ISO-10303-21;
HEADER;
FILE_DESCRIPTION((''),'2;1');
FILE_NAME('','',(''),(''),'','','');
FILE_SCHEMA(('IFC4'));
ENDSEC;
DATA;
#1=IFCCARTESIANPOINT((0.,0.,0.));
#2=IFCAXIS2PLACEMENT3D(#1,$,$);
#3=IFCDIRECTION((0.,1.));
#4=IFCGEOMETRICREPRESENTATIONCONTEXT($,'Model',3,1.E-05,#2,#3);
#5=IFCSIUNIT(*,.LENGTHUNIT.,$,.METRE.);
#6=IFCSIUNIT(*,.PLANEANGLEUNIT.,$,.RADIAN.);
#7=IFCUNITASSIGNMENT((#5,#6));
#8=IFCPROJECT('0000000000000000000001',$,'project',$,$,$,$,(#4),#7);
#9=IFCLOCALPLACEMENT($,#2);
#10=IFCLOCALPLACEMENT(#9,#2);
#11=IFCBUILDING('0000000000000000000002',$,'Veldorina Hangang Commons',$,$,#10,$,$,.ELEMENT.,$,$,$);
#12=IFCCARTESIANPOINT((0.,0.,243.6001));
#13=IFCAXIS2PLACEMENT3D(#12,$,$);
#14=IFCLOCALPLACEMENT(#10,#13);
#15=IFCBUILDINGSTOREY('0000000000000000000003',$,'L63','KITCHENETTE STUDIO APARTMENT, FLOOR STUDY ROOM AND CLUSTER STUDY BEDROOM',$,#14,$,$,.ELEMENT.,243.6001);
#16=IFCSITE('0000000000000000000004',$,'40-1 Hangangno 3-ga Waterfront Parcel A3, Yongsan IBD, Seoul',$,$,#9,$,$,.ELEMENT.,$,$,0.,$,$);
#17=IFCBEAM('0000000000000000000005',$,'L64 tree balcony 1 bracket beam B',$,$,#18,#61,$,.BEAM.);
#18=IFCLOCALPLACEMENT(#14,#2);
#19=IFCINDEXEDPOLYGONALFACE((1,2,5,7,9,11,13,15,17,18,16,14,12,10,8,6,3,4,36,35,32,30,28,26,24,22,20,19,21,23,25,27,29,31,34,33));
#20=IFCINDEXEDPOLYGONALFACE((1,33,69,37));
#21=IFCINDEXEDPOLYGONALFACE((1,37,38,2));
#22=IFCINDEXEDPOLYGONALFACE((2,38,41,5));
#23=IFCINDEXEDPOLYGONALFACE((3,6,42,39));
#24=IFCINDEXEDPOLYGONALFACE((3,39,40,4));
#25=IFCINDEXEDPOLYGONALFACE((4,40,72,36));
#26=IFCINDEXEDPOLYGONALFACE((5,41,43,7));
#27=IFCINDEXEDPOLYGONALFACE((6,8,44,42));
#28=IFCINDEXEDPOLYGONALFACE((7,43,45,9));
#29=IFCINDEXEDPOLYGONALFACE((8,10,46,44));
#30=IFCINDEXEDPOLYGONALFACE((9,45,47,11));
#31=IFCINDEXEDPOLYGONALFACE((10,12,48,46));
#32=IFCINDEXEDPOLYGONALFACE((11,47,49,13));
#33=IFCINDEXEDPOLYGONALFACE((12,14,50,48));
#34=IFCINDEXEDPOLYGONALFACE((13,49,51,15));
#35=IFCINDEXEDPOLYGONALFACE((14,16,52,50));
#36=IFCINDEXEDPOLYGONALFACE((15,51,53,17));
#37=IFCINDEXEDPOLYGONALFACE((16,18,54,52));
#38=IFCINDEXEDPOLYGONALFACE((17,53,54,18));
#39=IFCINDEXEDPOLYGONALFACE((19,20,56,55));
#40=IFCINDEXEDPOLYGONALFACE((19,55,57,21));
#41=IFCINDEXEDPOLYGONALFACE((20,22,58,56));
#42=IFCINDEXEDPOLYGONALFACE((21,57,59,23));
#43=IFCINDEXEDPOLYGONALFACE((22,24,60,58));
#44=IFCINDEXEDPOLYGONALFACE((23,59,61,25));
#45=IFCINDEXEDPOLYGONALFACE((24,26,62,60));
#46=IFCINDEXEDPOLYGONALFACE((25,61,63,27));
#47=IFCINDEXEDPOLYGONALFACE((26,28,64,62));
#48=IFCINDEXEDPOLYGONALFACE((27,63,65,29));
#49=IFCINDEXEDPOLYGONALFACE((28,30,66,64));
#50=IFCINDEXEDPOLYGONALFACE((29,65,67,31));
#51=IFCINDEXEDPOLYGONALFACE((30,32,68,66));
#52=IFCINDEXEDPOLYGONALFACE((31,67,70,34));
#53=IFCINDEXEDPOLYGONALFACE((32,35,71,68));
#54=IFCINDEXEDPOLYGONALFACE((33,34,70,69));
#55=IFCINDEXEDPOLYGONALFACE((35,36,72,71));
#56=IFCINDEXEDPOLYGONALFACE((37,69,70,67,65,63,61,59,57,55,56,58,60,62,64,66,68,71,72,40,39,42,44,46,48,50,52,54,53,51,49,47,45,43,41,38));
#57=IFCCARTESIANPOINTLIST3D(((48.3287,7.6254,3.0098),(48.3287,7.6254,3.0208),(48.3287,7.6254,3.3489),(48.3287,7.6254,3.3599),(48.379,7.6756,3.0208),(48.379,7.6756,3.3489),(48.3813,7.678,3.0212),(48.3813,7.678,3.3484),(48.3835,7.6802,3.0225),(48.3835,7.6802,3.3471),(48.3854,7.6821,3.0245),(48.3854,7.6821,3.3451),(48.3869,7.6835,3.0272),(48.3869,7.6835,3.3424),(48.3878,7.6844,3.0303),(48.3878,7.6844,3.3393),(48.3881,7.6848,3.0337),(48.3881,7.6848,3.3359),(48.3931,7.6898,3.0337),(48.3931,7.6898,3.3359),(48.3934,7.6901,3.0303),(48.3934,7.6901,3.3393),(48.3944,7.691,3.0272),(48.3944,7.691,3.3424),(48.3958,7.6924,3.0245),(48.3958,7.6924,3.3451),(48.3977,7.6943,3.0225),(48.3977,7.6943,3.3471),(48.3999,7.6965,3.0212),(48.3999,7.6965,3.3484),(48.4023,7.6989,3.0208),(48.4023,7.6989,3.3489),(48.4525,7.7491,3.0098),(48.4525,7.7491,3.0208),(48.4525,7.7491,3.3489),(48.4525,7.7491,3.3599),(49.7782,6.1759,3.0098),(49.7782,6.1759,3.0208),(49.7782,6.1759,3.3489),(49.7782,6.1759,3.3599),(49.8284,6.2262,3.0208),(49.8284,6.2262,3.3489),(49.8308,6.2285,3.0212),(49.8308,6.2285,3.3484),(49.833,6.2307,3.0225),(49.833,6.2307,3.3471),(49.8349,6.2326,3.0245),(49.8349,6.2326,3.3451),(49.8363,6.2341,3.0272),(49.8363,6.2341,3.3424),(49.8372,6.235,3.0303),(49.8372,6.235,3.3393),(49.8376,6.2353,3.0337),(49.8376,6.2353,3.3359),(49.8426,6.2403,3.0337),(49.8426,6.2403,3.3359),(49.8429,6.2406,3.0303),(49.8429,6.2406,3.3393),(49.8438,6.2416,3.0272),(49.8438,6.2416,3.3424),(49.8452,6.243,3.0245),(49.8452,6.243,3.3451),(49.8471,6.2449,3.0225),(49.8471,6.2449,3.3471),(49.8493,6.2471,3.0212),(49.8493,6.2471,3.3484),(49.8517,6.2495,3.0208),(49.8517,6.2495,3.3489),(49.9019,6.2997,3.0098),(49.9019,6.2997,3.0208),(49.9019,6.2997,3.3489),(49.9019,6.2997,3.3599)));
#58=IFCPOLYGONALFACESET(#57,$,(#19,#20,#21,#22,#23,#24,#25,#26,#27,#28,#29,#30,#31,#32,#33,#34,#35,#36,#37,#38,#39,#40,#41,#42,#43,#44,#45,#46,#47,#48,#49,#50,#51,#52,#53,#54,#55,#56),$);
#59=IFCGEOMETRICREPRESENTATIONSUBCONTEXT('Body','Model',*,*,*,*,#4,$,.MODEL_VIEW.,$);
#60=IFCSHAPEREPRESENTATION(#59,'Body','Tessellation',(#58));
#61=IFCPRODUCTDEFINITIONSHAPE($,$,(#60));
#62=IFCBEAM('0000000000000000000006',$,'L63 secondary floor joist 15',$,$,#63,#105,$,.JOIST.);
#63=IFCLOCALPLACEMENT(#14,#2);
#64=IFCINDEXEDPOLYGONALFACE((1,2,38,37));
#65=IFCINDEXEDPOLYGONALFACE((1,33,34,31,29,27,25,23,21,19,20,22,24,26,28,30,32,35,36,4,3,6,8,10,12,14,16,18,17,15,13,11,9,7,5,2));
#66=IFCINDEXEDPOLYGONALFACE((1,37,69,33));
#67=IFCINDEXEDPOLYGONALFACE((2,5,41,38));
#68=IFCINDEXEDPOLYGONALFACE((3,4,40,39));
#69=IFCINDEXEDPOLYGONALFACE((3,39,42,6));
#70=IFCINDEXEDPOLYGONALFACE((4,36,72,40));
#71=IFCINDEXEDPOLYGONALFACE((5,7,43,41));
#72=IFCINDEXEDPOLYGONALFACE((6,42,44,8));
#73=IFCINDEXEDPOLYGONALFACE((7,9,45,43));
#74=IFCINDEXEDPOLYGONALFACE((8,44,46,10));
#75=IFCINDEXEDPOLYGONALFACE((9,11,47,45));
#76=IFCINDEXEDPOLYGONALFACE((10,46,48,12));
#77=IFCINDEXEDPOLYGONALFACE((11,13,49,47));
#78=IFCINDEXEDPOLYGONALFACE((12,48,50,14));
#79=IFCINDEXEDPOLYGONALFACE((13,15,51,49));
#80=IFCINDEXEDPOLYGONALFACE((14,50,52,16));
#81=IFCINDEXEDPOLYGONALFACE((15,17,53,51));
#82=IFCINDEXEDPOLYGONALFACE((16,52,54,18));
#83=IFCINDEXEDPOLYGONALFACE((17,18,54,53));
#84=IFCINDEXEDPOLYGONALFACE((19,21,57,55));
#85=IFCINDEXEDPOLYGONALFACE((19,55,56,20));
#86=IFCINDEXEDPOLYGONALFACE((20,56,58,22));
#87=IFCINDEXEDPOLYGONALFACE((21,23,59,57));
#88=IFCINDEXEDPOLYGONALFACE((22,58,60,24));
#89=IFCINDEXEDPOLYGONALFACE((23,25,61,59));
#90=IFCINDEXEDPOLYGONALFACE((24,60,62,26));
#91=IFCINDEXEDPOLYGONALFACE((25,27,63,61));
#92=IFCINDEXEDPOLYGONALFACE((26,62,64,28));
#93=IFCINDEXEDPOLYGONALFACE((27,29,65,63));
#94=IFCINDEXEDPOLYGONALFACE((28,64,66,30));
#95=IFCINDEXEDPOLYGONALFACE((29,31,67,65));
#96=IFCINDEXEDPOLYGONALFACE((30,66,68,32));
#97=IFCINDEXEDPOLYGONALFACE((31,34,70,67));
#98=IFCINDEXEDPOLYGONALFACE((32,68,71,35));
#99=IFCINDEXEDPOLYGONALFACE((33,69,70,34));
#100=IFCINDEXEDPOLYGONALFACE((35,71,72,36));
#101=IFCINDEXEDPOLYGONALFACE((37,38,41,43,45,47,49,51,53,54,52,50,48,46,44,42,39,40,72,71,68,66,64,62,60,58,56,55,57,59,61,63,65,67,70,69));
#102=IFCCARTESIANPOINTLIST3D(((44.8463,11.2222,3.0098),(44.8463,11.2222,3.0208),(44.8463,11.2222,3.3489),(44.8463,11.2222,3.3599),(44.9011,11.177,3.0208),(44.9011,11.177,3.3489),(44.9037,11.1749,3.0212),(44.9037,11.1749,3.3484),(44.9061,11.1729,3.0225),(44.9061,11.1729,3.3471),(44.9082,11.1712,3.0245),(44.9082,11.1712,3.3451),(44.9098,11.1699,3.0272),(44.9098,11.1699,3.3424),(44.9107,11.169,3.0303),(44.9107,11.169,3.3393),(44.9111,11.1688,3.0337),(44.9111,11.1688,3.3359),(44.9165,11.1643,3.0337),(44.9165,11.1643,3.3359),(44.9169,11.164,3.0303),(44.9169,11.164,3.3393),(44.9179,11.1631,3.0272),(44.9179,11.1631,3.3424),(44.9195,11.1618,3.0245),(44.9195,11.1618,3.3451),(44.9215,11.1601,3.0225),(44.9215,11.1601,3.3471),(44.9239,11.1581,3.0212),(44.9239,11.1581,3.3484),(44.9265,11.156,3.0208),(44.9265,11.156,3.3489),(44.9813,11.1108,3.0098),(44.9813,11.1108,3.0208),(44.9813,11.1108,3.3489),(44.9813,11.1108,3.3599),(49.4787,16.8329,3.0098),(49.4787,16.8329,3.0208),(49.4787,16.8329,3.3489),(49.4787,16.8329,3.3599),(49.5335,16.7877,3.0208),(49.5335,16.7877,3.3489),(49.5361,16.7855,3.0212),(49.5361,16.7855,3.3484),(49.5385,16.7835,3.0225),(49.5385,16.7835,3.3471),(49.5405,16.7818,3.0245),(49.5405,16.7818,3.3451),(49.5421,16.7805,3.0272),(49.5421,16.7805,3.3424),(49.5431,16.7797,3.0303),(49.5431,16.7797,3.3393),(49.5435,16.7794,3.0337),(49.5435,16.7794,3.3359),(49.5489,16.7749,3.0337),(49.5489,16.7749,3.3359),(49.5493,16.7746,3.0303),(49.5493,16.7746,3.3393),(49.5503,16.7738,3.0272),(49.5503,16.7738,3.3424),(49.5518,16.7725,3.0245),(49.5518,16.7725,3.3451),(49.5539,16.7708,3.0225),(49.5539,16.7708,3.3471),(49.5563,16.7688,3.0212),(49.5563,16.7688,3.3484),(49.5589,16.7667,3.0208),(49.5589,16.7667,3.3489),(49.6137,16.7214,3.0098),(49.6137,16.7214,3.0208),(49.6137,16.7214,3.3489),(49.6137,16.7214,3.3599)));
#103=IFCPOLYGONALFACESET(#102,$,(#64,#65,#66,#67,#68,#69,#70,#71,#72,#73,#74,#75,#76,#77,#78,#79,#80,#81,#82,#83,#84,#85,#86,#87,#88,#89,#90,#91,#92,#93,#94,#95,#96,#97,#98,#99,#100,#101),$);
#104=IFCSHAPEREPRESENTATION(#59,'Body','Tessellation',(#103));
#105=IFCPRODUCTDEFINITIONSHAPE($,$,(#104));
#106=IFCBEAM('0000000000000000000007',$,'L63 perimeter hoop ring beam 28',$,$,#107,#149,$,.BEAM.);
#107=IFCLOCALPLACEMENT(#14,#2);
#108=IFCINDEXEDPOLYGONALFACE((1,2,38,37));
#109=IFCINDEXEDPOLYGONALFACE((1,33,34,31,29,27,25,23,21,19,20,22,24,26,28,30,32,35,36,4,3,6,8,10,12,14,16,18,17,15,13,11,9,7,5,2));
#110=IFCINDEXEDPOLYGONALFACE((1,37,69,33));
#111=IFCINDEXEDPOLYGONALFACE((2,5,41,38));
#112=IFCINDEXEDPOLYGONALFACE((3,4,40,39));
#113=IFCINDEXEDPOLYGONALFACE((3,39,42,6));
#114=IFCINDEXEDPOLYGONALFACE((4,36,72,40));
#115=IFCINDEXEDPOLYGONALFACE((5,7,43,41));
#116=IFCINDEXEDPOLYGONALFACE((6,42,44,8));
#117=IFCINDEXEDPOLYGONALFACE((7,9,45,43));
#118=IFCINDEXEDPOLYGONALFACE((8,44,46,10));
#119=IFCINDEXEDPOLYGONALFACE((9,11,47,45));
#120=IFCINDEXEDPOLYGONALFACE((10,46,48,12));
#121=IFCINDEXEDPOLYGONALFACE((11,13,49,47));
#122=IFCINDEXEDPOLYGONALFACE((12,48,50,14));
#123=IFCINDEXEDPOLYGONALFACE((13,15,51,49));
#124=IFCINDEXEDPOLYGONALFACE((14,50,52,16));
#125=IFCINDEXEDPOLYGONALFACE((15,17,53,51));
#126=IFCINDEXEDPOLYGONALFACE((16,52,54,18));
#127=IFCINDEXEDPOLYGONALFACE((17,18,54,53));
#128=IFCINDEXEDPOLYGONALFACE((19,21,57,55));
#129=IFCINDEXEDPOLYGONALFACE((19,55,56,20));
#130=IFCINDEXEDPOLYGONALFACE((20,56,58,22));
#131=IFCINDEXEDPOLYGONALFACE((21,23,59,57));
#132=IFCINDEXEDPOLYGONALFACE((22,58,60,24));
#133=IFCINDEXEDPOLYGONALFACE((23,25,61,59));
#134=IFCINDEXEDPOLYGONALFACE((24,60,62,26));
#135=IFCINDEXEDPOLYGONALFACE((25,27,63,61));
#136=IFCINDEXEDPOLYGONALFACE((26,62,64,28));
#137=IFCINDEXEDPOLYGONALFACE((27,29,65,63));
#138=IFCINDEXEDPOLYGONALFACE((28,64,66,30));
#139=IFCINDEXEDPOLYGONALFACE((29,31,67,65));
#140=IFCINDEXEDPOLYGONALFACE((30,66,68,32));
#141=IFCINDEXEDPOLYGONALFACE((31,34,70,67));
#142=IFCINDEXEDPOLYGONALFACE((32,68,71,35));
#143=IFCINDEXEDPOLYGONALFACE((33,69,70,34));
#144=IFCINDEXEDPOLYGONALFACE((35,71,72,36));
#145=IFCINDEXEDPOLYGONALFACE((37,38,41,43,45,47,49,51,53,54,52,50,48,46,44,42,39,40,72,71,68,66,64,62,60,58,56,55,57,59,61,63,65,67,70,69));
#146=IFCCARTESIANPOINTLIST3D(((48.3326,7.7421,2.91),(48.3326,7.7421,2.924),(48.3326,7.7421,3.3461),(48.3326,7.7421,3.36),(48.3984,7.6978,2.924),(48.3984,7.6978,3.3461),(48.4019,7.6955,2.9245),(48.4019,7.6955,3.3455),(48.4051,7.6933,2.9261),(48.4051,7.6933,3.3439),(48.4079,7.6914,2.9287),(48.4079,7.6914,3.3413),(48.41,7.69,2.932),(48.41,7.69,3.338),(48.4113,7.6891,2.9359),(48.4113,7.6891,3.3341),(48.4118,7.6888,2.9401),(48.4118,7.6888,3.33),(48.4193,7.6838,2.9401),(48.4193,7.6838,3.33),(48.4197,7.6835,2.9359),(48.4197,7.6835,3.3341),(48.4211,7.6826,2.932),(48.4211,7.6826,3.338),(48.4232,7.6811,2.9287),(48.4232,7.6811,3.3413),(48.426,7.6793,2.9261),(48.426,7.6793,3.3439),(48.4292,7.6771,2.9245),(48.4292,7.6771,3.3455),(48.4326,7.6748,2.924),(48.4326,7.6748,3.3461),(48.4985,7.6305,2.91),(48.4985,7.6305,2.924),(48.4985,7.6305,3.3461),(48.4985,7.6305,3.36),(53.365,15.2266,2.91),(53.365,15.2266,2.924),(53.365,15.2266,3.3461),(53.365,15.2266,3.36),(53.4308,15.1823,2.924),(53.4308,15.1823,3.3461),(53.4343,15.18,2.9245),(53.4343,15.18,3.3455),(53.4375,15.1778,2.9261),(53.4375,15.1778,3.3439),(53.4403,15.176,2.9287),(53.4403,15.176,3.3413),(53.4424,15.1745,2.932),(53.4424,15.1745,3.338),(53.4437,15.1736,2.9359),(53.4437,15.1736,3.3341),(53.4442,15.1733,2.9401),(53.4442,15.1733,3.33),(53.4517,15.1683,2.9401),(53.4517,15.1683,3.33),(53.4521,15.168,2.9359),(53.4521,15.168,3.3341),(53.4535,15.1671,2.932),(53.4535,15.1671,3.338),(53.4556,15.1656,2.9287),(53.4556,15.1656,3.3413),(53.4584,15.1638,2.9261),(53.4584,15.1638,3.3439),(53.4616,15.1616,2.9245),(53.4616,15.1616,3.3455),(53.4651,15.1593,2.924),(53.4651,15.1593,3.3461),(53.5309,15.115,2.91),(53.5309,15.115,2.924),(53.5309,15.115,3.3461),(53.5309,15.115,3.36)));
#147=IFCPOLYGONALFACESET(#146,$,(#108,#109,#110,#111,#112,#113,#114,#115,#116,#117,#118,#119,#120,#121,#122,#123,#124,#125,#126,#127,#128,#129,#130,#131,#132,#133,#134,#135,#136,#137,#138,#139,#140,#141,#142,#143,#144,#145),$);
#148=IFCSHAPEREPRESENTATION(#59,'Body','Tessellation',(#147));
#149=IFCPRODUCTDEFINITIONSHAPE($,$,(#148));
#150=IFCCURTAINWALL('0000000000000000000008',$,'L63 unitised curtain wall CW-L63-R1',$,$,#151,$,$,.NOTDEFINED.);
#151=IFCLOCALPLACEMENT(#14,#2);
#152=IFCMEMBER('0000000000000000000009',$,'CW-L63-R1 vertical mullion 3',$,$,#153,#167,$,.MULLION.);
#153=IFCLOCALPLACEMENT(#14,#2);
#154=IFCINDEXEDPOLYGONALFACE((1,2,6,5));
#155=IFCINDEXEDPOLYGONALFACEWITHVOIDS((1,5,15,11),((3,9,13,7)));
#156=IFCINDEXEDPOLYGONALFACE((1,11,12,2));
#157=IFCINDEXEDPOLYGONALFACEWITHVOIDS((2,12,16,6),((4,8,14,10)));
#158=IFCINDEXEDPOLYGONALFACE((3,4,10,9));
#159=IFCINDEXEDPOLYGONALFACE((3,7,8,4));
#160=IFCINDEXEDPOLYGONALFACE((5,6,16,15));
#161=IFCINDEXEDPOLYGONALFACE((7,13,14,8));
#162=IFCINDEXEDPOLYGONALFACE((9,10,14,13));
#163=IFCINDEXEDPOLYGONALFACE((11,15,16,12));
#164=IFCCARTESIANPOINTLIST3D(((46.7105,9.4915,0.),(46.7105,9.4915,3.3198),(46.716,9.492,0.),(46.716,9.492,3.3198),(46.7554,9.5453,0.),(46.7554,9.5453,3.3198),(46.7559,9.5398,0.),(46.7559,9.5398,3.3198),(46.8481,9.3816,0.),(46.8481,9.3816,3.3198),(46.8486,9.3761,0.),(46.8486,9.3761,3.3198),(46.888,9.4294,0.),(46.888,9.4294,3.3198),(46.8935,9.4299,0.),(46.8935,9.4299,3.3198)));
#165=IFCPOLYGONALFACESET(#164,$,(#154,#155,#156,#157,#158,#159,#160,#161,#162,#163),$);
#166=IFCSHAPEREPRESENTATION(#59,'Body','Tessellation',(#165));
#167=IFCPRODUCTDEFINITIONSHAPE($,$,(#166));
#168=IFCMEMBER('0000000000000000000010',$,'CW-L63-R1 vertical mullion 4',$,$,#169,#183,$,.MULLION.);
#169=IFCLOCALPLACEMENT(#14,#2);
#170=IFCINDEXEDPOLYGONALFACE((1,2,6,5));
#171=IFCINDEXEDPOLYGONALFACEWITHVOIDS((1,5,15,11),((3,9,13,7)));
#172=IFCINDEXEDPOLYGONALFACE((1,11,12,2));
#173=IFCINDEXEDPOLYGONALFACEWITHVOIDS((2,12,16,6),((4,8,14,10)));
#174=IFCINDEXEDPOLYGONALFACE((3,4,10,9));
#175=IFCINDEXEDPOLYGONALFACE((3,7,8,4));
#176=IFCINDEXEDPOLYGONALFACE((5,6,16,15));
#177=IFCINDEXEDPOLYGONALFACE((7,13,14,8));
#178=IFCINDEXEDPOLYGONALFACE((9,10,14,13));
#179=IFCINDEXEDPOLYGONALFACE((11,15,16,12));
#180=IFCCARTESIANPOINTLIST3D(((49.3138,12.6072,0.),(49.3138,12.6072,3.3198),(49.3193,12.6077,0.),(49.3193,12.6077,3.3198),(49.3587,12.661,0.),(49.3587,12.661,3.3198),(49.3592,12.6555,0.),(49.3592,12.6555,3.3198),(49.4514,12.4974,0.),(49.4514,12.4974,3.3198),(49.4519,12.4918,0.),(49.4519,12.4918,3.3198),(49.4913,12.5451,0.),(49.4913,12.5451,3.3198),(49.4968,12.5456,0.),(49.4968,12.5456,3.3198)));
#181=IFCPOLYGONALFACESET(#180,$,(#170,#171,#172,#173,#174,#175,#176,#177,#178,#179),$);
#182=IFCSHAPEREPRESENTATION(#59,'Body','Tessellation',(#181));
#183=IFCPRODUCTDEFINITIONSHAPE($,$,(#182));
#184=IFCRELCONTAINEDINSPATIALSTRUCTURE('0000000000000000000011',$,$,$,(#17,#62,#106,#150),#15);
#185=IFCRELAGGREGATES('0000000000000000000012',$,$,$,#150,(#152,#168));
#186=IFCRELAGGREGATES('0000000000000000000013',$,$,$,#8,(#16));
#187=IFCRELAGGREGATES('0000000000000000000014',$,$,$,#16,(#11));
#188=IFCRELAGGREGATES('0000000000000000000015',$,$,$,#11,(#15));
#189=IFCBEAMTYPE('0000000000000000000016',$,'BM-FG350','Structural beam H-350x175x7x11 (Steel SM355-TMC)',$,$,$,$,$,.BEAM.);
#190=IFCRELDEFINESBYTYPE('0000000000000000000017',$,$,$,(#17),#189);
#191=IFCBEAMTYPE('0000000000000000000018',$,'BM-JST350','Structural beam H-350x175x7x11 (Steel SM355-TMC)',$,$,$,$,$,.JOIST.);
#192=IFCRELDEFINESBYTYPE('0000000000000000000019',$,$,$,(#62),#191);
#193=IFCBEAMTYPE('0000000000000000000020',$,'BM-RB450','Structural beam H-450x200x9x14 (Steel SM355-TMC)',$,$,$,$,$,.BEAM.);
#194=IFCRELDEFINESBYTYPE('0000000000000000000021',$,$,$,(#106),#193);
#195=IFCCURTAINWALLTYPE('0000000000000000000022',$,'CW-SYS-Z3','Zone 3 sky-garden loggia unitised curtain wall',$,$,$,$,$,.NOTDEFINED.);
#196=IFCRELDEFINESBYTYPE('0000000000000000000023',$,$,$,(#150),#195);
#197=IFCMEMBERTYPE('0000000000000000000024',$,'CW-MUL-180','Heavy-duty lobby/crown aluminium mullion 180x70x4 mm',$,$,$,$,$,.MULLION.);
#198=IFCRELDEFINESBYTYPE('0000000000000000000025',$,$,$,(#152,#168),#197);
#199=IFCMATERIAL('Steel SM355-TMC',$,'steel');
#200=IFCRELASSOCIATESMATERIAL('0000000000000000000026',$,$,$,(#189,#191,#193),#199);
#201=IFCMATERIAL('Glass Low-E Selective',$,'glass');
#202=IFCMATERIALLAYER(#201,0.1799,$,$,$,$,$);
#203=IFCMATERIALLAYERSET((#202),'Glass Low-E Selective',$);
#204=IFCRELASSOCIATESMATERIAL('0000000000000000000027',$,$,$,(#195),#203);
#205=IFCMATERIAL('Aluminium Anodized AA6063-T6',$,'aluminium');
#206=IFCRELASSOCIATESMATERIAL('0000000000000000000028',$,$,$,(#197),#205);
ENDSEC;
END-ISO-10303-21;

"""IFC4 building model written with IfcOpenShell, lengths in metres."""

from ifc_helpers import new_model, si_unit, direction, frame, origin, origin_2d, place, context, subcontext, project, spatial, hollow_rectangle, i_section, extrude, material, layer, layer_set, material_profile, profile_set, type_object, element, aggregate, save


model = new_model("IFC4")

# Units and contexts
model_context = context("Model", 3, precision=1e-05, world=origin(), true_north=direction((0.0, 1.0)))
body_context = subcontext(model_context, "Body", "Model", "MODEL_VIEW")
ifc_project = project(units=[si_unit("LENGTHUNIT", "METRE"), si_unit("PLANEANGLEUNIT", "RADIAN")], contexts=[model_context])

# Site, building, storey
site_placement = place(None, origin())
site = spatial("IfcSite", under=ifc_project, at=site_placement, Name="40-1 Hangangno 3-ga Waterfront Parcel A3, Yongsan IBD, Seoul", CompositionType="ELEMENT", RefElevation=0.0)
building_placement = place(site_placement, origin())
building = spatial("IfcBuilding", under=site, at=building_placement, Name="Veldorina Hangang Commons", CompositionType="ELEMENT")
storey_placement = place(building_placement, frame((0.0, 0.0, 243.6001)))
storey = spatial("IfcBuildingStorey", under=building, at=storey_placement, Name="L63", Description="KITCHENETTE STUDIO APARTMENT, FLOOR STUDY ROOM AND CLUSTER STUDY BEDROOM", CompositionType="ELEMENT", Elevation=243.6001)

# Beams
ifc_material_1 = material(Name="Steel SM355-TMC", Category="steel")
ifc_material_profile_1 = material_profile(ifc_material_1, i_section(OverallWidth=0.175, OverallDepth=0.3501, WebThickness=0.0071, FlangeThickness=0.011, FilletRadius=0.0129, at=origin_2d()), Name="H-350x175x7x11")
ifc_profile_set_1 = profile_set([ifc_material_profile_1], Name="Steel SM355-TMC")
beam_type_1 = type_object("IfcBeamType", Name="BM-FG350", Description="Structural beam H-350x175x7x11 (Steel SM355-TMC)", PredefinedType="BEAM", material=ifc_profile_set_1)
beam_1_placement = place(storey_placement, frame((48.3906, 7.6873, 3.1848), z_axis=(0.707107, -0.707107, 0.0), x_axis=(0.707107, 0.707107, 0.0)))
element("IfcBeam", 1, at=beam_1_placement, inside=storey, type_object=beam_type_1, Name="L64 tree balcony 1 bracket beam B", PredefinedType="BEAM", context=body_context, shape_type="SweptSolid", body=[
    extrude(i_section(OverallWidth=0.175, OverallDepth=0.3501, WebThickness=0.0071, FlangeThickness=0.011, FilletRadius=0.0129, at=origin_2d()), origin(), (0.0, 0.0, 1.0), 2.0498),
])
ifc_material_profile_2 = material_profile(ifc_material_1, i_section(OverallWidth=0.175, OverallDepth=0.3501, WebThickness=0.0071, FlangeThickness=0.011, FilletRadius=0.0129, at=origin_2d()), Name="H-350x175x7x11")
ifc_profile_set_2 = profile_set([ifc_material_profile_2], Name="Steel SM355-TMC")
beam_type_2 = type_object("IfcBeamType", Name="BM-JST350", Description="Structural beam H-350x175x7x11 (Steel SM355-TMC)", PredefinedType="JOIST", material=ifc_profile_set_2)
beam_2_placement = place(storey_placement, frame((44.9138, 11.1665, 3.1848), z_axis=(0.636676, 0.771131, 0.0), x_axis=(-0.771131, 0.636676, 0.0)))
element("IfcBeam", 2, at=beam_2_placement, inside=storey, type_object=beam_type_2, Name="L63 secondary floor joist 15", PredefinedType="JOIST", context=body_context, shape_type="SweptSolid", body=[
    extrude(i_section(OverallWidth=0.175, OverallDepth=0.3501, WebThickness=0.0071, FlangeThickness=0.011, FilletRadius=0.0129, at=origin_2d()), origin(), (0.0, 0.0, 1.0), 7.2759),
])
ifc_material_profile_3 = material_profile(ifc_material_1, i_section(OverallWidth=0.2, OverallDepth=0.45, WebThickness=0.009, FlangeThickness=0.0139, FilletRadius=0.0161, at=origin_2d()), Name="H-450x200x9x14")
ifc_profile_set_3 = profile_set([ifc_material_profile_3], Name="Steel SM355-TMC")
beam_type_3 = type_object("IfcBeamType", Name="BM-RB450", Description="Structural beam H-450x200x9x14 (Steel SM355-TMC)", PredefinedType="BEAM", material=ifc_profile_set_3)
beam_3_placement = place(storey_placement, frame((48.4155, 7.6863, 3.135), z_axis=(0.557975, 0.829857, 0.0), x_axis=(-0.829857, 0.557975, 0.0)))
element("IfcBeam", 3, at=beam_3_placement, inside=storey, type_object=beam_type_3, Name="L63 perimeter hoop ring beam 28", PredefinedType="BEAM", context=body_context, shape_type="SweptSolid", body=[
    extrude(i_section(OverallWidth=0.2, OverallDepth=0.45, WebThickness=0.009, FlangeThickness=0.0139, FilletRadius=0.0161, at=origin_2d()), origin(), (0.0, 0.0, 1.0), 9.019),
])

# Curtain wall, members
ifc_material_2 = material(Name="Glass Low-E Selective", Category="glass")
ifc_layer_1 = layer(ifc_material_2, 0.1799)
ifc_layer_set_1 = layer_set([ifc_layer_1], Name="Glass Low-E Selective")
curtain_wall_type = type_object("IfcCurtainWallType", Name="CW-SYS-Z3", Description="Zone 3 sky-garden loggia unitised curtain wall", PredefinedType="NOTDEFINED", material=ifc_layer_set_1)
curtain_wall_placement = place(storey_placement, origin())
curtain_wall = element("IfcCurtainWall", 4, at=curtain_wall_placement, inside=storey, type_object=curtain_wall_type, Name="L63 unitised curtain wall CW-L63-R1", PredefinedType="NOTDEFINED")
ifc_material_3 = material(Name="Aluminium Anodized AA6063-T6", Category="aluminium")
ifc_material_profile_4 = material_profile(ifc_material_3, hollow_rectangle(XDim=0.0701, YDim=0.1799, WallThickness=0.0039, at=origin_2d()), Name="ALU-RHS-180x70x4")
ifc_profile_set_4 = profile_set([ifc_material_profile_4], Name="Aluminium Anodized AA6063-T6")
member_type_1 = type_object("IfcMemberType", Name="CW-MUL-180", Description="Heavy-duty lobby/crown aluminium mullion 180x70x4 mm", PredefinedType="MULLION", material=ifc_profile_set_4)
member_1_placement = place(storey_placement, frame((46.802, 9.4607, 0.0), z_axis=(0.0, 0.0, 1.0), x_axis=(0.641155, 0.767411, 0.0)))
member_1 = element("IfcMember", 5, at=member_1_placement, type_object=member_type_1, Name="CW-L63-R1 vertical mullion 3", PredefinedType="MULLION", context=body_context, shape_type="SweptSolid", body=[
    extrude(hollow_rectangle(XDim=0.0701, YDim=0.1799, WallThickness=0.0039, at=origin_2d()), origin(), (0.0, 0.0, 1.0), 3.3198),
])
member_2_placement = place(storey_placement, frame((49.4053, 12.5764, 0.0), z_axis=(0.0, 0.0, 1.0), x_axis=(-0.641155, -0.767411, 0.0)))
member_2 = element("IfcMember", 6, at=member_2_placement, type_object=member_type_1, Name="CW-L63-R1 vertical mullion 4", PredefinedType="MULLION", context=body_context, shape_type="SweptSolid", body=[
    extrude(hollow_rectangle(XDim=0.0701, YDim=0.1799, WallThickness=0.0039, at=origin_2d()), origin(), (0.0, 0.0, 1.0), 3.3198),
])

aggregate(curtain_wall, [member_1, member_2])

save(model, "model.ifc")
